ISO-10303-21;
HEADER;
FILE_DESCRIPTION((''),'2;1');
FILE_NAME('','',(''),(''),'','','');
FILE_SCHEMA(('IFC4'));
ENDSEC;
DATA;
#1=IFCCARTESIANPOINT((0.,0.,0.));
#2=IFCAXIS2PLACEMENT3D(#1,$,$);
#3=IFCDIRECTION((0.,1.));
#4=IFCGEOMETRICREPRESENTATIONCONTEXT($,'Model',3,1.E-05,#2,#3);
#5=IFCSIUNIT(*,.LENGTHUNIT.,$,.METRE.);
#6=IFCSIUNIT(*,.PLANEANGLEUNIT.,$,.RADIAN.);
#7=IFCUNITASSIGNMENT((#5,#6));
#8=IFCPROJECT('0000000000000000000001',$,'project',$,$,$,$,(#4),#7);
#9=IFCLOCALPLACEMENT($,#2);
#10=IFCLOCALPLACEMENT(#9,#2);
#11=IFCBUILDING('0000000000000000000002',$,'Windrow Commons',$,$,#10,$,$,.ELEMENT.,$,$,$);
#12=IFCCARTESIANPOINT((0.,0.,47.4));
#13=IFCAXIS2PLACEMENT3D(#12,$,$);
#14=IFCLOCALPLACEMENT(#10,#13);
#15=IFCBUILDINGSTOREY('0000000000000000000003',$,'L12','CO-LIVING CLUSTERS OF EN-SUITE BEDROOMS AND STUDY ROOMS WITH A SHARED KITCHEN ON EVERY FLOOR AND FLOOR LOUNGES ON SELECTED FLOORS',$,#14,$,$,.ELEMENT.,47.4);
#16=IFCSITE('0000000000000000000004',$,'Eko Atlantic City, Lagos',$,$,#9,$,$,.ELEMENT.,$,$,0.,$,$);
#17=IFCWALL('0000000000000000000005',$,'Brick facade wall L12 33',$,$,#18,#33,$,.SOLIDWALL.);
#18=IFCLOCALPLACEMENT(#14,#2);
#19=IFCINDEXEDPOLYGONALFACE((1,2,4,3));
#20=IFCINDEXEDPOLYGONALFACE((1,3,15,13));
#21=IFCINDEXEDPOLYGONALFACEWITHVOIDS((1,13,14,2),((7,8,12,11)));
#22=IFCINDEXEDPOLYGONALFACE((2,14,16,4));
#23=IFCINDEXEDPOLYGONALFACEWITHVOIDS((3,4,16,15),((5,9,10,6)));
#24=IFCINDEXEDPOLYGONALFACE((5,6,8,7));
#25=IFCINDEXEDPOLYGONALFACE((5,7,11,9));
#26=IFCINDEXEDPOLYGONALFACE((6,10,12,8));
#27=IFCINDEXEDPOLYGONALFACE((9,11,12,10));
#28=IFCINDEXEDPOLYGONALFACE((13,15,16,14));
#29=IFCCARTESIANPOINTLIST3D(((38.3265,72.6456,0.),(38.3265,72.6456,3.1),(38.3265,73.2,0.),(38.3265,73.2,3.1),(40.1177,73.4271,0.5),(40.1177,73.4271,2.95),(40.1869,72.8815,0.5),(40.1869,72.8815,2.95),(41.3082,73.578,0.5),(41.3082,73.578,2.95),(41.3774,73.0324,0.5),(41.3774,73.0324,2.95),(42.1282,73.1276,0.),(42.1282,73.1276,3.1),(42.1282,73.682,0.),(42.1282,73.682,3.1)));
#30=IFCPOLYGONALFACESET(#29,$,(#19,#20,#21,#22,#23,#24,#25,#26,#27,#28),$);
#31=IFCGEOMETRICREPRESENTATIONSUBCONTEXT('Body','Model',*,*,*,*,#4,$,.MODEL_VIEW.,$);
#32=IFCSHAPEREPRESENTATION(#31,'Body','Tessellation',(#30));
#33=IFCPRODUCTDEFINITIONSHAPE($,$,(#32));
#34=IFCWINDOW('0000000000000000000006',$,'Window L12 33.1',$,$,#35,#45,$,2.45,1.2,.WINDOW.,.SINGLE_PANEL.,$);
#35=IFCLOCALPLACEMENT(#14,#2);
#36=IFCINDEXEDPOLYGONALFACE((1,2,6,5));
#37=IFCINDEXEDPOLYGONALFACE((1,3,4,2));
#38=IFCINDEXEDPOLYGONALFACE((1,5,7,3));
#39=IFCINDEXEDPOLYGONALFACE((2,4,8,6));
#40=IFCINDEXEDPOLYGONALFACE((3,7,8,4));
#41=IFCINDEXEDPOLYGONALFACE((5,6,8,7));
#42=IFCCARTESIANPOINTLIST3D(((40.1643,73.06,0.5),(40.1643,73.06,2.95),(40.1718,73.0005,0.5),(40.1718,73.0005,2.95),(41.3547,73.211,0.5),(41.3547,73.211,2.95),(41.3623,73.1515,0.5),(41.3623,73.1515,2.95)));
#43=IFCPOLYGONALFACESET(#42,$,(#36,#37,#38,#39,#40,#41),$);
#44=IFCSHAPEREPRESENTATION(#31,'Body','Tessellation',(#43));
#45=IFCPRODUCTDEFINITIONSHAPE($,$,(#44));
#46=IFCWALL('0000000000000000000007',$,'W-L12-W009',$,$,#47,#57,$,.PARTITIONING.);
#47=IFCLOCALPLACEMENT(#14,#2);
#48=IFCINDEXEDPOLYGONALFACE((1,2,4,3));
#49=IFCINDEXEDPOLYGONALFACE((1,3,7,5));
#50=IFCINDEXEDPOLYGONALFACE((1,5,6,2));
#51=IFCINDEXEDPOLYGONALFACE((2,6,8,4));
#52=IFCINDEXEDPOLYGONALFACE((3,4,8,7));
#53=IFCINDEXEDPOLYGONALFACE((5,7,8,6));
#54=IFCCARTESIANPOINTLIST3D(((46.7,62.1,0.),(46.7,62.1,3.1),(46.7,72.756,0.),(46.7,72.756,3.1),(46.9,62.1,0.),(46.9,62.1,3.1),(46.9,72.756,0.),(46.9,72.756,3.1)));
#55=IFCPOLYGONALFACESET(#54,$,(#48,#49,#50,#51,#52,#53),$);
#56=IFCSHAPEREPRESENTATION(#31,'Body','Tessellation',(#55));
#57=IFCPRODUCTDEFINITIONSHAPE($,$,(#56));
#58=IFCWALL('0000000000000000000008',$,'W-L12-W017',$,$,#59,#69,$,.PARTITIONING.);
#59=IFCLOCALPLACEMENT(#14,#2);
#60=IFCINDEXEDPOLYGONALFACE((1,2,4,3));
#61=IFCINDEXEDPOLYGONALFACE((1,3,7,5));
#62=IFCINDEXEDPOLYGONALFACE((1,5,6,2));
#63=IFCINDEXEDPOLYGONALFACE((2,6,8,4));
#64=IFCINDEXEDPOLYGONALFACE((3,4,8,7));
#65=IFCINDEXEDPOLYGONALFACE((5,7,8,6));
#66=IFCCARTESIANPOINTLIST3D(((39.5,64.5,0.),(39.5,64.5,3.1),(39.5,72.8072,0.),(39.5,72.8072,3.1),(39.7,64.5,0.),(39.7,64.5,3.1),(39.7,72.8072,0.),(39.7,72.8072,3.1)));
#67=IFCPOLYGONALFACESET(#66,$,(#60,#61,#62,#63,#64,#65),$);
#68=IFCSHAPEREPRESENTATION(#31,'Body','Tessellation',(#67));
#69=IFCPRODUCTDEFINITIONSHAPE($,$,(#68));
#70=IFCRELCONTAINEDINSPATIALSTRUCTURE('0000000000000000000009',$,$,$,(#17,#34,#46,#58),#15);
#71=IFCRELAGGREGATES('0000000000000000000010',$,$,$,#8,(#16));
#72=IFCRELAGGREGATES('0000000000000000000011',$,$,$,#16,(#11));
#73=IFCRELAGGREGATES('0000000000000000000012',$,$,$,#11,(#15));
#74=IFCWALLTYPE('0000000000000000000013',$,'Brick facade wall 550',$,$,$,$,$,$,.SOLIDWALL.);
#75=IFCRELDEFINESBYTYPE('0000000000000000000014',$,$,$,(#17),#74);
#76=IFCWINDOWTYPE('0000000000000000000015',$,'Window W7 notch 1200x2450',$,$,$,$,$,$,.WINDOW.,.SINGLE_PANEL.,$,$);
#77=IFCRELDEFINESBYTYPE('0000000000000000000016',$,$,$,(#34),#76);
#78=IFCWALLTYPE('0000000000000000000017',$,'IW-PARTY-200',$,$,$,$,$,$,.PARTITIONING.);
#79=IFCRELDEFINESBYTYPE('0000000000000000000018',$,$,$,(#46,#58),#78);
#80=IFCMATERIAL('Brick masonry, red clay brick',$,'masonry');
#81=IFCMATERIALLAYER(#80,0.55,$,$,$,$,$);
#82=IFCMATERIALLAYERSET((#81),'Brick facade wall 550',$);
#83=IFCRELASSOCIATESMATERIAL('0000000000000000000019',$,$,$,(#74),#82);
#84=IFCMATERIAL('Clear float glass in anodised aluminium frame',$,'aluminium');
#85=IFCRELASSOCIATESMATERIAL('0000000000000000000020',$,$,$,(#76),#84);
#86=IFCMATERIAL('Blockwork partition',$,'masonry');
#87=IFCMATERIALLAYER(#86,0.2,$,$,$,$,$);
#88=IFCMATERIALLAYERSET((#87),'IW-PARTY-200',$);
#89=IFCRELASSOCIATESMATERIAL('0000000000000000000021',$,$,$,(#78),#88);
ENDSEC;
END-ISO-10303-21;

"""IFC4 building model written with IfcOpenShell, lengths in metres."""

from ifc_helpers import new_model, si_unit, direction, frame, frame_2d, origin, place, context, subcontext, project, spatial, polyline, rectangle, outline, extrude, material, layer, layer_set, type_object, element, fill, save


model = new_model("IFC4")

# Units and contexts
model_context = context("Model", 3, precision=1e-05, world=origin(), true_north=direction((0.0, 1.0)))
body_context = subcontext(model_context, "Body", "Model", "MODEL_VIEW")
ifc_project = project(units=[si_unit("LENGTHUNIT", "METRE"), si_unit("PLANEANGLEUNIT", "RADIAN")], contexts=[model_context])

# Site, building, storey
site_placement = place(None, origin())
site = spatial("IfcSite", under=ifc_project, at=site_placement, Name="Eko Atlantic City, Lagos", CompositionType="ELEMENT", RefElevation=0.0)
building_placement = place(site_placement, origin())
building = spatial("IfcBuilding", under=site, at=building_placement, Name="Windrow Commons", CompositionType="ELEMENT")
storey_placement = place(building_placement, frame((0.0, 0.0, 47.4)))
storey = spatial("IfcBuildingStorey", under=building, at=storey_placement, Name="L12", Description="CO-LIVING CLUSTERS OF EN-SUITE BEDROOMS AND STUDY ROOMS WITH A SHARED KITCHEN ON EVERY FLOOR AND FLOOR LOUNGES ON SELECTED FLOORS", CompositionType="ELEMENT", Elevation=47.4)

# Wall, opening, window
ifc_material_1 = material(Name="Brick masonry, red clay brick", Category="masonry")
ifc_layer_1 = layer(ifc_material_1, 0.55)
ifc_layer_set_1 = layer_set([ifc_layer_1], Name="Brick facade wall 550")
wall_type_1 = type_object("IfcWallType", Name="Brick facade wall 550", PredefinedType="SOLIDWALL", material=ifc_layer_set_1)
ifc_material_2 = material(Name="Clear float glass in anodised aluminium frame", Category="aluminium")
window_type = type_object("IfcWindowType", Name="Window W7 notch 1200x2450", PartitioningType="SINGLE_PANEL", PredefinedType="WINDOW", material=ifc_material_2)
wall_1_placement = place(storey_placement, frame((42.1282, 73.4048, 0.0), z_axis=(0.0, 0.0, 1.0), x_axis=(-0.992058, -0.125779, 0.0)))
wall_1 = element("IfcWall", 1, at=wall_1_placement, inside=storey, type_object=wall_type_1, Name="Brick facade wall L12 33", PredefinedType="SOLIDWALL", context=body_context, shape_type="SweptSolid", body=[
    extrude(outline(polyline([(-0.0349, -0.275), (3.7973, -0.275), (3.867, 0.275), (0.0349, 0.275), (-0.0349, -0.275)])), origin(), (0.0, 0.0, 1.0), 3.1),
])
opening_1_placement = place(wall_1_placement, frame((0.7917, 0.0, 0.5)))
opening_1 = element("IfcOpeningElement", 2, at=opening_1_placement, cuts=wall_1, PredefinedType="OPENING", context=body_context, shape_type="SweptSolid", body=[
    extrude(rectangle(XDim=1.2, YDim=2.45, at=frame_2d((0.6, 1.225))), frame((0.0, 0.285, 0.0), z_axis=(0.0, -1.0, 0.0), x_axis=(1.0, 0.0, 0.0)), (0.0, 0.0, 1.0), 0.57),
])
window_1_placement = place(opening_1_placement, origin())
window_1 = element("IfcWindow", 3, at=window_1_placement, inside=storey, type_object=window_type, Name="Window L12 33.1", OverallHeight=2.45, OverallWidth=1.2, PartitioningType="SINGLE_PANEL", PredefinedType="WINDOW", context=body_context, shape_type="SweptSolid", body=[
    extrude(rectangle(XDim=1.2, YDim=2.45, at=frame_2d((0.6, 1.225))), frame((0.0, 0.155, 0.0), z_axis=(0.0, -1.0, 0.0), x_axis=(1.0, 0.0, 0.0)), (0.0, 0.0, 1.0), 0.06),
])
fill(opening_1, window_1)

# Walls
ifc_material_3 = material(Name="Blockwork partition", Category="masonry")
ifc_layer_2 = layer(ifc_material_3, 0.2)
ifc_layer_set_2 = layer_set([ifc_layer_2], Name="IW-PARTY-200")
wall_type_2 = type_object("IfcWallType", Name="IW-PARTY-200", PredefinedType="PARTITIONING", material=ifc_layer_set_2)
wall_2_placement = place(storey_placement, frame((46.8, 62.1, 0.0), z_axis=(0.0, 0.0, 1.0), x_axis=(0.0, 1.0, 0.0)))
element("IfcWall", 4, at=wall_2_placement, inside=storey, type_object=wall_type_2, Name="W-L12-W009", PredefinedType="PARTITIONING", context=body_context, shape_type="SweptSolid", body=[
    extrude(rectangle(XDim=10.6559, YDim=0.2, at=frame_2d((5.328, 0.0))), origin(), (0.0, 0.0, 1.0), 3.1),
])
wall_3_placement = place(storey_placement, frame((39.6, 64.5, 0.0), z_axis=(0.0, 0.0, 1.0), x_axis=(0.0, 1.0, 0.0)))
element("IfcWall", 5, at=wall_3_placement, inside=storey, type_object=wall_type_2, Name="W-L12-W017", PredefinedType="PARTITIONING", context=body_context, shape_type="SweptSolid", body=[
    extrude(rectangle(XDim=8.3071, YDim=0.2, at=frame_2d((4.1536, 0.0))), origin(), (0.0, 0.0, 1.0), 3.1),
])

save(model, "model.ifc")
